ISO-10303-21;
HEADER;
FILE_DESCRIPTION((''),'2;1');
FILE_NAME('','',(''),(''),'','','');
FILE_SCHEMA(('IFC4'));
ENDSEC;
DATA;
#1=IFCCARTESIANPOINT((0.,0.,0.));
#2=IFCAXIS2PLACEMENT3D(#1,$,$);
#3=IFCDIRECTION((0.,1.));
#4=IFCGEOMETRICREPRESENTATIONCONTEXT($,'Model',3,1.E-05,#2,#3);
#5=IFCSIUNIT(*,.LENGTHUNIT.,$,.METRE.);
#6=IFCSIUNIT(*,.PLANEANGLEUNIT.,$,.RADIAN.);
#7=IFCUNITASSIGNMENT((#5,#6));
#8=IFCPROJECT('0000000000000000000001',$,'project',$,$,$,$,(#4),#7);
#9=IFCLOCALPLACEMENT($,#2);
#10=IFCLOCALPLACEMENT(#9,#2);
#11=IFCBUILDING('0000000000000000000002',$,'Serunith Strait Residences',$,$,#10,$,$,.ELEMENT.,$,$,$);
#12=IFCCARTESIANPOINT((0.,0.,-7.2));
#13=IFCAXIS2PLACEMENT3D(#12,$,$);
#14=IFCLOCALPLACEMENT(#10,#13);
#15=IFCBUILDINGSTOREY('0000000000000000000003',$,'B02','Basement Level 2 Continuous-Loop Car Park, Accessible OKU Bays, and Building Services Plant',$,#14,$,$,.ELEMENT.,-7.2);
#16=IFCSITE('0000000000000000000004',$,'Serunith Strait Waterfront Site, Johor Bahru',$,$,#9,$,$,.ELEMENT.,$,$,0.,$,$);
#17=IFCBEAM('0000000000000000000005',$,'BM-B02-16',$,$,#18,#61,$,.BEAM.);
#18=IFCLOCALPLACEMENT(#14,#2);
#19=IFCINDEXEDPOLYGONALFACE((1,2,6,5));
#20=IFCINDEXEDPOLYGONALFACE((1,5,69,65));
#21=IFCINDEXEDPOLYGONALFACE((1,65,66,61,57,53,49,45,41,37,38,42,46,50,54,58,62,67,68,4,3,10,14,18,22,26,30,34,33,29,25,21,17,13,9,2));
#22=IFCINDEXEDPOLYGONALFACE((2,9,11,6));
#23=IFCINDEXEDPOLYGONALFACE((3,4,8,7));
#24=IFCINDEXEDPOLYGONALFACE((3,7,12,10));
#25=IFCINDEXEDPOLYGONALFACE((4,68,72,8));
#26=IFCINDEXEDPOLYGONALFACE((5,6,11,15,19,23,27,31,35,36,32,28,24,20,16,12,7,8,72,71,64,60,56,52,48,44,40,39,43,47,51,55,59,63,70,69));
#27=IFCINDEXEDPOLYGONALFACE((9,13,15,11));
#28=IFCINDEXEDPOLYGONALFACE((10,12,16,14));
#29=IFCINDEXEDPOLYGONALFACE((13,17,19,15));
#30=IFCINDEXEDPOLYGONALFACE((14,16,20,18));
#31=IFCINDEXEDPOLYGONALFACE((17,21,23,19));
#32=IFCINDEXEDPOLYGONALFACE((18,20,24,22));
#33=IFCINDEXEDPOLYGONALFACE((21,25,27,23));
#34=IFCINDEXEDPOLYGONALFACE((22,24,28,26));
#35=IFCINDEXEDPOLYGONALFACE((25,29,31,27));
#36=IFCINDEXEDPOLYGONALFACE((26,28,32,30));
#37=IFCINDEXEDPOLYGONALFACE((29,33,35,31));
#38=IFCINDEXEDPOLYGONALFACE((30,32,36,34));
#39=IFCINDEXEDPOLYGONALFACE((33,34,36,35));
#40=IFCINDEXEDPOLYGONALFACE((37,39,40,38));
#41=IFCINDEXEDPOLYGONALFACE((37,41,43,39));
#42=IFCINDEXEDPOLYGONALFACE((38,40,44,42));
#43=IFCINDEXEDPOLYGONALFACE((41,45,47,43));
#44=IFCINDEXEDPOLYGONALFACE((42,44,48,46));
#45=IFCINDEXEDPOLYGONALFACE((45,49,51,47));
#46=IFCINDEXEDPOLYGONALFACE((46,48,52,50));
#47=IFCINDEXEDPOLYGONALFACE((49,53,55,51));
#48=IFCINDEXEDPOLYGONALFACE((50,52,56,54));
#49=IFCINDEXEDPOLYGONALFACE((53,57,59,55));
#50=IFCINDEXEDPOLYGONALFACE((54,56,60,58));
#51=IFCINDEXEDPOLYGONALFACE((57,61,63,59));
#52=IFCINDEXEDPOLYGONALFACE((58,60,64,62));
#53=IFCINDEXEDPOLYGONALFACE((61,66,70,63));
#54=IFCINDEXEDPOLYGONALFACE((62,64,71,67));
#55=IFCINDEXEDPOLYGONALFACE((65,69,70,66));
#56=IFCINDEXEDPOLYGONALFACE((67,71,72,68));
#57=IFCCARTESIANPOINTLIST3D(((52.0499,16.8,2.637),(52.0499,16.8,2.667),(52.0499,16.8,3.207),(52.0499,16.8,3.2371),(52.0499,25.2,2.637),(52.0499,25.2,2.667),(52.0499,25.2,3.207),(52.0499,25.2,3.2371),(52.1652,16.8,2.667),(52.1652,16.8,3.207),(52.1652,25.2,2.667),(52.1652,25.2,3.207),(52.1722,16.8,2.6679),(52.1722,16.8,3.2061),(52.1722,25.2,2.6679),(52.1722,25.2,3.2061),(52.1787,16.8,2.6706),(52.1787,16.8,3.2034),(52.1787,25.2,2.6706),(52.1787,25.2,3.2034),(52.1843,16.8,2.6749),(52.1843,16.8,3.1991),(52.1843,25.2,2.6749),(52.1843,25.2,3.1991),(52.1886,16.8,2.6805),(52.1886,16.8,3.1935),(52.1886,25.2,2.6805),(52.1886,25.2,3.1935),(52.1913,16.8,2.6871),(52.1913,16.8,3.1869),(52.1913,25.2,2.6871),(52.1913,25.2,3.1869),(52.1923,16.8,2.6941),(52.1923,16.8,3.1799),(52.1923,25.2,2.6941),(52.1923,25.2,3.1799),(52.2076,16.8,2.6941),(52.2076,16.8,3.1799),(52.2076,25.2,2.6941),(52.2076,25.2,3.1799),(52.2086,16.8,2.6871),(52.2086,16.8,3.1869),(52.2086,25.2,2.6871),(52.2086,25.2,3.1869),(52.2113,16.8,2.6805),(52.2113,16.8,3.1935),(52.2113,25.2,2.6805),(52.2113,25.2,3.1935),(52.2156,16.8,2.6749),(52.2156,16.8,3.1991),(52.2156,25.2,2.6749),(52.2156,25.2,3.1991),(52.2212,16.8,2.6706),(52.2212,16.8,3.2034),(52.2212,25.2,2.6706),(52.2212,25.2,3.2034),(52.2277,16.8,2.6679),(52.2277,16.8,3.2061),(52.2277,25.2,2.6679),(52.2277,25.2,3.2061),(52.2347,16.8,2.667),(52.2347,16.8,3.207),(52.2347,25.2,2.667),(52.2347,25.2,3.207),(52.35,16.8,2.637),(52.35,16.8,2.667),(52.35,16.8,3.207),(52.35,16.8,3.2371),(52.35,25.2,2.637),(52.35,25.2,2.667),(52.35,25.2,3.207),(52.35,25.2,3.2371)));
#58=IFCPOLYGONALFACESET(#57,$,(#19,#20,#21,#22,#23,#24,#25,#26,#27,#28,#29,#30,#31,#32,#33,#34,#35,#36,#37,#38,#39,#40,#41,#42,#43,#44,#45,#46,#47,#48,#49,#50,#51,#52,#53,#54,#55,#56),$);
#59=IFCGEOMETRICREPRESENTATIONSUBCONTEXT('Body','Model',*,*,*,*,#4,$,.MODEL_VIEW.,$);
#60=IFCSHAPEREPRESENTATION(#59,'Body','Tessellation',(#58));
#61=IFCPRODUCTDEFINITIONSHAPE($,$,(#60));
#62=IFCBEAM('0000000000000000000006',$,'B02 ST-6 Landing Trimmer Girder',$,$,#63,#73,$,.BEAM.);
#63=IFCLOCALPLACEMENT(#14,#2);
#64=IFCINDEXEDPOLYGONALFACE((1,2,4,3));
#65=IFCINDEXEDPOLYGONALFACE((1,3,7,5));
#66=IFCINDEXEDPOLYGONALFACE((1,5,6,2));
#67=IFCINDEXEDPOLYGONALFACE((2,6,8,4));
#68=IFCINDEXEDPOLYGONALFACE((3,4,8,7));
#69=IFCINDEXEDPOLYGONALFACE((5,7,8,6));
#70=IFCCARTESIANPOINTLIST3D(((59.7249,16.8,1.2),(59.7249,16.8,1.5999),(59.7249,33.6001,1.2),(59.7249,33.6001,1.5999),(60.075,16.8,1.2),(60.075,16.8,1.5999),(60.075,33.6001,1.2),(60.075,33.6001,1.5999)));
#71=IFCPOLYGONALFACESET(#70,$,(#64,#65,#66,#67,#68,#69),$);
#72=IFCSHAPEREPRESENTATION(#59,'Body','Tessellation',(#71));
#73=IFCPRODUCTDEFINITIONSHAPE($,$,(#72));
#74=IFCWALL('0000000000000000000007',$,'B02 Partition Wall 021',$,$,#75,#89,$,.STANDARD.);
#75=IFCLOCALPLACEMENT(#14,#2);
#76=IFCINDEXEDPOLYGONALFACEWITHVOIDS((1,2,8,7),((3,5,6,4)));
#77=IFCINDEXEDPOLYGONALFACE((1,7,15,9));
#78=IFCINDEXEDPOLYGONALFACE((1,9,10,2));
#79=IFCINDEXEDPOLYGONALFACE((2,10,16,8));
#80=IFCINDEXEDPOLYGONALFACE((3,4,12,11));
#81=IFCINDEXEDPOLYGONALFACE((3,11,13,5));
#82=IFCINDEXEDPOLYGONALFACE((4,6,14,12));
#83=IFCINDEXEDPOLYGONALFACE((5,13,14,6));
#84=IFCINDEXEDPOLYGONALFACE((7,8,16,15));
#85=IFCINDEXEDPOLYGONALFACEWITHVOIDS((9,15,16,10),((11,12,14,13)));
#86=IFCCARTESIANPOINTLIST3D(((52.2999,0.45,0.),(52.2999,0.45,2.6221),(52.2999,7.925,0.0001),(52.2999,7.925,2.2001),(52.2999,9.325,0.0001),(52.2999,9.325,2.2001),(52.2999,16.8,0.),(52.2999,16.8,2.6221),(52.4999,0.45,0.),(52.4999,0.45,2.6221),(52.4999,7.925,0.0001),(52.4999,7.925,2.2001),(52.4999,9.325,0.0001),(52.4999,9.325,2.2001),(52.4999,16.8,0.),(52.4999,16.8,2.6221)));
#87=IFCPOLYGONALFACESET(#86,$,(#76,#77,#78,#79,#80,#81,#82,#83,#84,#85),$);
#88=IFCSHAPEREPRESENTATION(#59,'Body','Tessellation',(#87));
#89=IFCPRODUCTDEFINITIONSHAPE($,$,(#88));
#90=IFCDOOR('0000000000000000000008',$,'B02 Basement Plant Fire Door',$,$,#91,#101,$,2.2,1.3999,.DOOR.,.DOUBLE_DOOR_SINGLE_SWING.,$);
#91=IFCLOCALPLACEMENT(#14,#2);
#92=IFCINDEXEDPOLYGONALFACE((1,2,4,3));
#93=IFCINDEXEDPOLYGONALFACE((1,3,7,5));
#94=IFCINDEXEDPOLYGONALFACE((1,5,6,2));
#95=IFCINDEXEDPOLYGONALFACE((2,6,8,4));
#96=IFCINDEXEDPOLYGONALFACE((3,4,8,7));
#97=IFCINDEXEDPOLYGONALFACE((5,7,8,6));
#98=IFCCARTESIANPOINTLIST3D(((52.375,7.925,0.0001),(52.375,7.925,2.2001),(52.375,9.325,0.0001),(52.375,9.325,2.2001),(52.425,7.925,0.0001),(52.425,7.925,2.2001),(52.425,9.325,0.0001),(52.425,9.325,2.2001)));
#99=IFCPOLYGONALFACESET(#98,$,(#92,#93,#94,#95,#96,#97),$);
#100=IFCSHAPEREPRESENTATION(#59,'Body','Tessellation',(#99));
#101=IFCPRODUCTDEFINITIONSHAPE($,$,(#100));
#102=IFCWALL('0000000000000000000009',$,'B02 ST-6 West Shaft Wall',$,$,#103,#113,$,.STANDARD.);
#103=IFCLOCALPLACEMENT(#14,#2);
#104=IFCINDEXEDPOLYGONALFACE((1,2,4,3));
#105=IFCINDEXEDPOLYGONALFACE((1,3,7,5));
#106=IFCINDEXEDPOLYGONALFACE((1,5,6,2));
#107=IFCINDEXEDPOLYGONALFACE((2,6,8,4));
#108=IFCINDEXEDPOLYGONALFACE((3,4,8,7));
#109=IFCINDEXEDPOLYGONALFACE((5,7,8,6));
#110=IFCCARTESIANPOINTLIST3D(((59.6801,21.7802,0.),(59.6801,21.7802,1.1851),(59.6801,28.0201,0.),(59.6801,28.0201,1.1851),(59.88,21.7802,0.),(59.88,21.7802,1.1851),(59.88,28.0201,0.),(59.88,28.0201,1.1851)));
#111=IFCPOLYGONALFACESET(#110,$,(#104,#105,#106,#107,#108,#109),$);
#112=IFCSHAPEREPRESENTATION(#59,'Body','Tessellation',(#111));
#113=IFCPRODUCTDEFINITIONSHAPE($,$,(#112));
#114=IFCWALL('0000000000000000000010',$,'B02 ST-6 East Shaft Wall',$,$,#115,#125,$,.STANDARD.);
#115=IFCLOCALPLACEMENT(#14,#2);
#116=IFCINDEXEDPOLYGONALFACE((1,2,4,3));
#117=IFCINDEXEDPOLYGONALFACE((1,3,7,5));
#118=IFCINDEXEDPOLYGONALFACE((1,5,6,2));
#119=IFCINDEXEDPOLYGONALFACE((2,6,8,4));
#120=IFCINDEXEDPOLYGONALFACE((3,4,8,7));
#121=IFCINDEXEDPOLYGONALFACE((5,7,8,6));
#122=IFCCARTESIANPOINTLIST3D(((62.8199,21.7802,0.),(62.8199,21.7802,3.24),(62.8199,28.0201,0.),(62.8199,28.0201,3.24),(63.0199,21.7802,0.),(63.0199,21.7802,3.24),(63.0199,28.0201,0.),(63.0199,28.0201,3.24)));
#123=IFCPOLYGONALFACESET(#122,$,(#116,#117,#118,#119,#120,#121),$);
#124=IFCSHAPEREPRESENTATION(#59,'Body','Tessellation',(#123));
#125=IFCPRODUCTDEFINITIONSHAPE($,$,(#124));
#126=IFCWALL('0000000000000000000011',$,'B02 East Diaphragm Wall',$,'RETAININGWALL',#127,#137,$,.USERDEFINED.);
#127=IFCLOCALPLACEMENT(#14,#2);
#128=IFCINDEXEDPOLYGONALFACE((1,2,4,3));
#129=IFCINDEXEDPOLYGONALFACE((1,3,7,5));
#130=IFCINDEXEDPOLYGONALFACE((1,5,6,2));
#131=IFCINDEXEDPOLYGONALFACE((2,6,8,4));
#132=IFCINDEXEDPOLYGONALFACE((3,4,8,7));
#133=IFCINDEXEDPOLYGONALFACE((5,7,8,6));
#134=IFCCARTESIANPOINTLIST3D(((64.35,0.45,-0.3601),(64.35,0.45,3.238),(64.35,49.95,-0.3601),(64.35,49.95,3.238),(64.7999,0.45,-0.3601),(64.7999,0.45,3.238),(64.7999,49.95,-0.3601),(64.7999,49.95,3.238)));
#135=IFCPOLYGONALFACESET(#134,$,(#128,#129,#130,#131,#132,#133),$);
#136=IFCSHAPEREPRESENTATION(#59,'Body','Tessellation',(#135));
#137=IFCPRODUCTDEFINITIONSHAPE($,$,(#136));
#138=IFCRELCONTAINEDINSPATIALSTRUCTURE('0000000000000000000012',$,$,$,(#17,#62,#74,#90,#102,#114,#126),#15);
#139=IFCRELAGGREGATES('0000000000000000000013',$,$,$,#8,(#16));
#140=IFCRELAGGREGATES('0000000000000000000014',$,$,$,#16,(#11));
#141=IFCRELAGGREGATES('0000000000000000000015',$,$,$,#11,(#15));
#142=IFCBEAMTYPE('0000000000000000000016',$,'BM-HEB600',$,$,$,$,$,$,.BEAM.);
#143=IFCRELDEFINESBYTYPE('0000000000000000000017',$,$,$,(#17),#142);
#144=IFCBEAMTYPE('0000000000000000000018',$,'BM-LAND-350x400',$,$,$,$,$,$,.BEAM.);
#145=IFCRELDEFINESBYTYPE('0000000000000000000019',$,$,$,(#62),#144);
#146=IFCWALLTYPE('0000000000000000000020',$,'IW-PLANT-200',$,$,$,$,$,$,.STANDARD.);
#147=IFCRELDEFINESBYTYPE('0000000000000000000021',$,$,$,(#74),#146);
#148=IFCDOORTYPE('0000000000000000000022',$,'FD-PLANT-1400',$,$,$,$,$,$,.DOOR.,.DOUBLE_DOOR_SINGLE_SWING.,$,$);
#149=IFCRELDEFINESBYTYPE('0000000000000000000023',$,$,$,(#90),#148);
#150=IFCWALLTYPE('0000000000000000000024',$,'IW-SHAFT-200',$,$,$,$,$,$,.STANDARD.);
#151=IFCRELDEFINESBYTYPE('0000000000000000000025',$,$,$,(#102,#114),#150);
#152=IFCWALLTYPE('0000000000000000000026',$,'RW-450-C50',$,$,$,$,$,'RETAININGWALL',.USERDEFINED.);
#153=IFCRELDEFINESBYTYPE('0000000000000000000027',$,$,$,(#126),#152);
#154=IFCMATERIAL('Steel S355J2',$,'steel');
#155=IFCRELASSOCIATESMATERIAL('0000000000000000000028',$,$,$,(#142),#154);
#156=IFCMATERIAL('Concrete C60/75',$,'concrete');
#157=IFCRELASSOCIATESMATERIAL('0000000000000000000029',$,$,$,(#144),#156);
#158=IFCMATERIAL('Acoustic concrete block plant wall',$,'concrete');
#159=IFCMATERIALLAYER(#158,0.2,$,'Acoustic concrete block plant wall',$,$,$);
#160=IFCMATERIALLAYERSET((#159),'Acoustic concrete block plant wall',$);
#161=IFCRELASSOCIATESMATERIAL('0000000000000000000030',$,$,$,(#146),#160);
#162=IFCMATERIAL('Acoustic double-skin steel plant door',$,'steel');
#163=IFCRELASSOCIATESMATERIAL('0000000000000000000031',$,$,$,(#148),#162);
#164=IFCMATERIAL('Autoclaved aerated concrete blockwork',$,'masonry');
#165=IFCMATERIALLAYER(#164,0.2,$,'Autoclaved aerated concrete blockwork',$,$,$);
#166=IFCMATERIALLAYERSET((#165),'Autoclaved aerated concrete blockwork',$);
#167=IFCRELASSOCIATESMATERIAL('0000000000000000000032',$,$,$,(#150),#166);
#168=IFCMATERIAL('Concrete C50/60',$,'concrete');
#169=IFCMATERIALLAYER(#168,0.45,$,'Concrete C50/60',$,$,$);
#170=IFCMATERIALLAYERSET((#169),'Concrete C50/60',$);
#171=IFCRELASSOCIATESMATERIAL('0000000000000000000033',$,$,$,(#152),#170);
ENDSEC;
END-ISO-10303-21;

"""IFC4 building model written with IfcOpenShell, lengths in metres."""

from ifc_helpers import new_model, si_unit, direction, frame, frame_2d, origin, origin_2d, place, context, subcontext, project, spatial, rectangle, i_section, extrude, source, transform, mapped, material, layer, layer_set, material_profile, profile_set, type_object, element, fill, save


model = new_model("IFC4")

# Units and contexts
model_context = context("Model", 3, precision=1e-05, world=origin(), true_north=direction((0.0, 1.0)))
body_context = subcontext(model_context, "Body", "Model", "MODEL_VIEW")
ifc_project = project(units=[si_unit("LENGTHUNIT", "METRE"), si_unit("PLANEANGLEUNIT", "RADIAN")], contexts=[model_context])

# Site, building, storey
site_placement = place(None, origin())
site = spatial("IfcSite", under=ifc_project, at=site_placement, Name="Serunith Strait Waterfront Site, Johor Bahru", CompositionType="ELEMENT", RefElevation=0.0)
building_placement = place(site_placement, origin())
building = spatial("IfcBuilding", under=site, at=building_placement, Name="Serunith Strait Residences", CompositionType="ELEMENT")
storey_placement = place(building_placement, frame((0.0, 0.0, -7.2)))
storey = spatial("IfcBuildingStorey", under=building, at=storey_placement, Name="B02", Description="Basement Level 2 Continuous-Loop Car Park, Accessible OKU Bays, and Building Services Plant", CompositionType="ELEMENT", Elevation=-7.2)

# Beams
ifc_material_1 = material(Name="Steel S355J2", Category="steel")
ifc_material_profile_1 = material_profile(ifc_material_1, i_section(OverallWidth=0.3, OverallDepth=0.6001, WebThickness=0.0154, FlangeThickness=0.03, FilletRadius=0.0271, at=origin_2d()), Name="HEB 600")
ifc_profile_set_1 = profile_set([ifc_material_profile_1], Name="Steel S355J2")
beam_type_1 = type_object("IfcBeamType", Name="BM-HEB600", PredefinedType="BEAM", material=ifc_profile_set_1)
shared_shape_1 = source(origin(), body_context, "Body", "SweptSolid", [
    extrude(i_section(OverallWidth=0.3, OverallDepth=0.6001, WebThickness=0.0154, FlangeThickness=0.03, FilletRadius=0.0271, at=origin_2d()), origin(), (0.0, 0.0, 1.0), 8.3999),
])
beam_1_placement = place(storey_placement, frame((52.2, 16.8, 2.937), z_axis=(0.0, 1.0, 0.0), x_axis=(-1.0, 0.0, 0.0)))
element("IfcBeam", 1, at=beam_1_placement, inside=storey, type_object=beam_type_1, Name="BM-B02-16", PredefinedType="BEAM", context=body_context, shape_type="MappedRepresentation", body=[
    mapped(shared_shape_1, transform((0.0, 0.0, 0.0), scale=1.0)),
])
ifc_material_2 = material(Name="Concrete C60/75", Category="concrete")
ifc_material_profile_2 = material_profile(ifc_material_2, rectangle(XDim=0.3501, YDim=0.3999, at=origin_2d()), Name="RC 350x400")
ifc_profile_set_2 = profile_set([ifc_material_profile_2], Name="Concrete C60/75")
beam_type_2 = type_object("IfcBeamType", Name="BM-LAND-350x400", PredefinedType="BEAM", material=ifc_profile_set_2)
shared_shape_2 = source(origin(), body_context, "Body", "SweptSolid", [
    extrude(rectangle(XDim=0.3501, YDim=0.3999, at=origin_2d()), origin(), (0.0, 0.0, 1.0), 16.8),
])
beam_2_placement = place(storey_placement, frame((59.8999, 16.8, 1.3999), z_axis=(0.0, 1.0, 0.0), x_axis=(-1.0, 0.0, 0.0)))
element("IfcBeam", 2, at=beam_2_placement, inside=storey, type_object=beam_type_2, Name="B02 ST-6 Landing Trimmer Girder", PredefinedType="BEAM", context=body_context, shape_type="MappedRepresentation", body=[
    mapped(shared_shape_2, transform((0.0, 0.0, 0.0), scale=1.0)),
])

# Wall, opening, door
ifc_material_3 = material(Name="Acoustic concrete block plant wall", Category="concrete")
ifc_layer_1 = layer(ifc_material_3, 0.2, Name="Acoustic concrete block plant wall")
ifc_layer_set_1 = layer_set([ifc_layer_1], Name="Acoustic concrete block plant wall")
wall_type_1 = type_object("IfcWallType", Name="IW-PLANT-200", PredefinedType="STANDARD", material=ifc_layer_set_1)
wall_1_placement = place(storey_placement, frame((52.3999, 0.45, 0.0), z_axis=(0.0, 0.0, 1.0), x_axis=(0.0, 1.0, 0.0)))
wall_1 = element("IfcWall", 3, at=wall_1_placement, inside=storey, type_object=wall_type_1, Name="B02 Partition Wall 021", PredefinedType="STANDARD", context=body_context, shape_type="SweptSolid", body=[
    extrude(rectangle(XDim=16.3501, YDim=0.2, at=frame_2d((8.175, 0.0))), origin(), (0.0, 0.0, 1.0), 2.6221),
])
opening_1_placement = place(wall_1_placement, frame((7.4751, 0.0, 0.0)))
opening_1 = element("IfcOpeningElement", 4, at=opening_1_placement, cuts=wall_1, PredefinedType="OPENING", context=body_context, shape_type="SweptSolid", body=[
    extrude(rectangle(XDim=1.3999, YDim=2.2, at=frame_2d((0.7, 1.1001))), frame((0.0, 0.1099, 0.0), z_axis=(0.0, -1.0, 0.0), x_axis=(1.0, 0.0, 0.0)), (0.0, 0.0, 1.0), 0.22),
])
ifc_material_4 = material(Name="Acoustic double-skin steel plant door", Category="steel")
door_type_1 = type_object("IfcDoorType", Name="FD-PLANT-1400", OperationType="DOUBLE_DOOR_SINGLE_SWING", PredefinedType="DOOR", material=ifc_material_4)
shared_shape_3 = source(origin(), body_context, "Body", "SweptSolid", [
    extrude(rectangle(XDim=1.3999, YDim=2.2, at=frame_2d((0.7, 1.1001))), frame((0.0, 0.0249, 0.0), z_axis=(0.0, -1.0, 0.0), x_axis=(1.0, 0.0, 0.0)), (0.0, 0.0, 1.0), 0.05),
])
door_1_placement = place(opening_1_placement, origin())
door_1 = element("IfcDoor", 5, at=door_1_placement, inside=storey, type_object=door_type_1, Name="B02 Basement Plant Fire Door", OperationType="DOUBLE_DOOR_SINGLE_SWING", OverallHeight=2.2, OverallWidth=1.3999, PredefinedType="DOOR", context=body_context, shape_type="MappedRepresentation", body=[
    mapped(shared_shape_3, transform((0.0, 0.0, 0.0), scale=1.0)),
])
fill(opening_1, door_1)
ifc_material_5 = material(Name="Autoclaved aerated concrete blockwork", Category="masonry")
ifc_layer_2 = layer(ifc_material_5, 0.2, Name="Autoclaved aerated concrete blockwork")
ifc_layer_set_2 = layer_set([ifc_layer_2], Name="Autoclaved aerated concrete blockwork")
wall_type_2 = type_object("IfcWallType", Name="IW-SHAFT-200", PredefinedType="STANDARD", material=ifc_layer_set_2)

# Walls
wall_2_placement = place(storey_placement, frame((59.78, 21.78, 0.0), z_axis=(0.0, 0.0, 1.0), x_axis=(0.0, 1.0, 0.0)))
element("IfcWall", 6, at=wall_2_placement, inside=storey, type_object=wall_type_2, Name="B02 ST-6 West Shaft Wall", PredefinedType="STANDARD", context=body_context, shape_type="SweptSolid", body=[
    extrude(rectangle(XDim=6.24, YDim=0.2, at=frame_2d((3.1201, 0.0))), origin(), (0.0, 0.0, 1.0), 1.1851),
])
wall_3_placement = place(storey_placement, frame((62.9199, 21.78, 0.0), z_axis=(0.0, 0.0, 1.0), x_axis=(0.0, 1.0, 0.0)))
element("IfcWall", 7, at=wall_3_placement, inside=storey, type_object=wall_type_2, Name="B02 ST-6 East Shaft Wall", PredefinedType="STANDARD", context=body_context, shape_type="SweptSolid", body=[
    extrude(rectangle(XDim=6.24, YDim=0.2, at=frame_2d((3.1201, 0.0))), origin(), (0.0, 0.0, 1.0), 3.24),
])
ifc_material_6 = material(Name="Concrete C50/60", Category="concrete")
ifc_layer_3 = layer(ifc_material_6, 0.45, Name="Concrete C50/60")
ifc_layer_set_3 = layer_set([ifc_layer_3], Name="Concrete C50/60")
wall_type_3 = type_object("IfcWallType", Name="RW-450-C50", ElementType="RETAININGWALL", PredefinedType="USERDEFINED", material=ifc_layer_set_3)
wall_4_placement = place(storey_placement, frame((64.575, 0.45, -0.3601), z_axis=(0.0, 0.0, 1.0), x_axis=(0.0, 1.0, 0.0)))
element("IfcWall", 8, at=wall_4_placement, inside=storey, type_object=wall_type_3, Name="B02 East Diaphragm Wall", ObjectType="RETAININGWALL", PredefinedType="USERDEFINED", context=body_context, shape_type="SweptSolid", body=[
    extrude(rectangle(XDim=49.5, YDim=0.45, at=frame_2d((24.75, 0.0))), origin(), (0.0, 0.0, 1.0), 3.5981),
])

save(model, "model.ifc")
